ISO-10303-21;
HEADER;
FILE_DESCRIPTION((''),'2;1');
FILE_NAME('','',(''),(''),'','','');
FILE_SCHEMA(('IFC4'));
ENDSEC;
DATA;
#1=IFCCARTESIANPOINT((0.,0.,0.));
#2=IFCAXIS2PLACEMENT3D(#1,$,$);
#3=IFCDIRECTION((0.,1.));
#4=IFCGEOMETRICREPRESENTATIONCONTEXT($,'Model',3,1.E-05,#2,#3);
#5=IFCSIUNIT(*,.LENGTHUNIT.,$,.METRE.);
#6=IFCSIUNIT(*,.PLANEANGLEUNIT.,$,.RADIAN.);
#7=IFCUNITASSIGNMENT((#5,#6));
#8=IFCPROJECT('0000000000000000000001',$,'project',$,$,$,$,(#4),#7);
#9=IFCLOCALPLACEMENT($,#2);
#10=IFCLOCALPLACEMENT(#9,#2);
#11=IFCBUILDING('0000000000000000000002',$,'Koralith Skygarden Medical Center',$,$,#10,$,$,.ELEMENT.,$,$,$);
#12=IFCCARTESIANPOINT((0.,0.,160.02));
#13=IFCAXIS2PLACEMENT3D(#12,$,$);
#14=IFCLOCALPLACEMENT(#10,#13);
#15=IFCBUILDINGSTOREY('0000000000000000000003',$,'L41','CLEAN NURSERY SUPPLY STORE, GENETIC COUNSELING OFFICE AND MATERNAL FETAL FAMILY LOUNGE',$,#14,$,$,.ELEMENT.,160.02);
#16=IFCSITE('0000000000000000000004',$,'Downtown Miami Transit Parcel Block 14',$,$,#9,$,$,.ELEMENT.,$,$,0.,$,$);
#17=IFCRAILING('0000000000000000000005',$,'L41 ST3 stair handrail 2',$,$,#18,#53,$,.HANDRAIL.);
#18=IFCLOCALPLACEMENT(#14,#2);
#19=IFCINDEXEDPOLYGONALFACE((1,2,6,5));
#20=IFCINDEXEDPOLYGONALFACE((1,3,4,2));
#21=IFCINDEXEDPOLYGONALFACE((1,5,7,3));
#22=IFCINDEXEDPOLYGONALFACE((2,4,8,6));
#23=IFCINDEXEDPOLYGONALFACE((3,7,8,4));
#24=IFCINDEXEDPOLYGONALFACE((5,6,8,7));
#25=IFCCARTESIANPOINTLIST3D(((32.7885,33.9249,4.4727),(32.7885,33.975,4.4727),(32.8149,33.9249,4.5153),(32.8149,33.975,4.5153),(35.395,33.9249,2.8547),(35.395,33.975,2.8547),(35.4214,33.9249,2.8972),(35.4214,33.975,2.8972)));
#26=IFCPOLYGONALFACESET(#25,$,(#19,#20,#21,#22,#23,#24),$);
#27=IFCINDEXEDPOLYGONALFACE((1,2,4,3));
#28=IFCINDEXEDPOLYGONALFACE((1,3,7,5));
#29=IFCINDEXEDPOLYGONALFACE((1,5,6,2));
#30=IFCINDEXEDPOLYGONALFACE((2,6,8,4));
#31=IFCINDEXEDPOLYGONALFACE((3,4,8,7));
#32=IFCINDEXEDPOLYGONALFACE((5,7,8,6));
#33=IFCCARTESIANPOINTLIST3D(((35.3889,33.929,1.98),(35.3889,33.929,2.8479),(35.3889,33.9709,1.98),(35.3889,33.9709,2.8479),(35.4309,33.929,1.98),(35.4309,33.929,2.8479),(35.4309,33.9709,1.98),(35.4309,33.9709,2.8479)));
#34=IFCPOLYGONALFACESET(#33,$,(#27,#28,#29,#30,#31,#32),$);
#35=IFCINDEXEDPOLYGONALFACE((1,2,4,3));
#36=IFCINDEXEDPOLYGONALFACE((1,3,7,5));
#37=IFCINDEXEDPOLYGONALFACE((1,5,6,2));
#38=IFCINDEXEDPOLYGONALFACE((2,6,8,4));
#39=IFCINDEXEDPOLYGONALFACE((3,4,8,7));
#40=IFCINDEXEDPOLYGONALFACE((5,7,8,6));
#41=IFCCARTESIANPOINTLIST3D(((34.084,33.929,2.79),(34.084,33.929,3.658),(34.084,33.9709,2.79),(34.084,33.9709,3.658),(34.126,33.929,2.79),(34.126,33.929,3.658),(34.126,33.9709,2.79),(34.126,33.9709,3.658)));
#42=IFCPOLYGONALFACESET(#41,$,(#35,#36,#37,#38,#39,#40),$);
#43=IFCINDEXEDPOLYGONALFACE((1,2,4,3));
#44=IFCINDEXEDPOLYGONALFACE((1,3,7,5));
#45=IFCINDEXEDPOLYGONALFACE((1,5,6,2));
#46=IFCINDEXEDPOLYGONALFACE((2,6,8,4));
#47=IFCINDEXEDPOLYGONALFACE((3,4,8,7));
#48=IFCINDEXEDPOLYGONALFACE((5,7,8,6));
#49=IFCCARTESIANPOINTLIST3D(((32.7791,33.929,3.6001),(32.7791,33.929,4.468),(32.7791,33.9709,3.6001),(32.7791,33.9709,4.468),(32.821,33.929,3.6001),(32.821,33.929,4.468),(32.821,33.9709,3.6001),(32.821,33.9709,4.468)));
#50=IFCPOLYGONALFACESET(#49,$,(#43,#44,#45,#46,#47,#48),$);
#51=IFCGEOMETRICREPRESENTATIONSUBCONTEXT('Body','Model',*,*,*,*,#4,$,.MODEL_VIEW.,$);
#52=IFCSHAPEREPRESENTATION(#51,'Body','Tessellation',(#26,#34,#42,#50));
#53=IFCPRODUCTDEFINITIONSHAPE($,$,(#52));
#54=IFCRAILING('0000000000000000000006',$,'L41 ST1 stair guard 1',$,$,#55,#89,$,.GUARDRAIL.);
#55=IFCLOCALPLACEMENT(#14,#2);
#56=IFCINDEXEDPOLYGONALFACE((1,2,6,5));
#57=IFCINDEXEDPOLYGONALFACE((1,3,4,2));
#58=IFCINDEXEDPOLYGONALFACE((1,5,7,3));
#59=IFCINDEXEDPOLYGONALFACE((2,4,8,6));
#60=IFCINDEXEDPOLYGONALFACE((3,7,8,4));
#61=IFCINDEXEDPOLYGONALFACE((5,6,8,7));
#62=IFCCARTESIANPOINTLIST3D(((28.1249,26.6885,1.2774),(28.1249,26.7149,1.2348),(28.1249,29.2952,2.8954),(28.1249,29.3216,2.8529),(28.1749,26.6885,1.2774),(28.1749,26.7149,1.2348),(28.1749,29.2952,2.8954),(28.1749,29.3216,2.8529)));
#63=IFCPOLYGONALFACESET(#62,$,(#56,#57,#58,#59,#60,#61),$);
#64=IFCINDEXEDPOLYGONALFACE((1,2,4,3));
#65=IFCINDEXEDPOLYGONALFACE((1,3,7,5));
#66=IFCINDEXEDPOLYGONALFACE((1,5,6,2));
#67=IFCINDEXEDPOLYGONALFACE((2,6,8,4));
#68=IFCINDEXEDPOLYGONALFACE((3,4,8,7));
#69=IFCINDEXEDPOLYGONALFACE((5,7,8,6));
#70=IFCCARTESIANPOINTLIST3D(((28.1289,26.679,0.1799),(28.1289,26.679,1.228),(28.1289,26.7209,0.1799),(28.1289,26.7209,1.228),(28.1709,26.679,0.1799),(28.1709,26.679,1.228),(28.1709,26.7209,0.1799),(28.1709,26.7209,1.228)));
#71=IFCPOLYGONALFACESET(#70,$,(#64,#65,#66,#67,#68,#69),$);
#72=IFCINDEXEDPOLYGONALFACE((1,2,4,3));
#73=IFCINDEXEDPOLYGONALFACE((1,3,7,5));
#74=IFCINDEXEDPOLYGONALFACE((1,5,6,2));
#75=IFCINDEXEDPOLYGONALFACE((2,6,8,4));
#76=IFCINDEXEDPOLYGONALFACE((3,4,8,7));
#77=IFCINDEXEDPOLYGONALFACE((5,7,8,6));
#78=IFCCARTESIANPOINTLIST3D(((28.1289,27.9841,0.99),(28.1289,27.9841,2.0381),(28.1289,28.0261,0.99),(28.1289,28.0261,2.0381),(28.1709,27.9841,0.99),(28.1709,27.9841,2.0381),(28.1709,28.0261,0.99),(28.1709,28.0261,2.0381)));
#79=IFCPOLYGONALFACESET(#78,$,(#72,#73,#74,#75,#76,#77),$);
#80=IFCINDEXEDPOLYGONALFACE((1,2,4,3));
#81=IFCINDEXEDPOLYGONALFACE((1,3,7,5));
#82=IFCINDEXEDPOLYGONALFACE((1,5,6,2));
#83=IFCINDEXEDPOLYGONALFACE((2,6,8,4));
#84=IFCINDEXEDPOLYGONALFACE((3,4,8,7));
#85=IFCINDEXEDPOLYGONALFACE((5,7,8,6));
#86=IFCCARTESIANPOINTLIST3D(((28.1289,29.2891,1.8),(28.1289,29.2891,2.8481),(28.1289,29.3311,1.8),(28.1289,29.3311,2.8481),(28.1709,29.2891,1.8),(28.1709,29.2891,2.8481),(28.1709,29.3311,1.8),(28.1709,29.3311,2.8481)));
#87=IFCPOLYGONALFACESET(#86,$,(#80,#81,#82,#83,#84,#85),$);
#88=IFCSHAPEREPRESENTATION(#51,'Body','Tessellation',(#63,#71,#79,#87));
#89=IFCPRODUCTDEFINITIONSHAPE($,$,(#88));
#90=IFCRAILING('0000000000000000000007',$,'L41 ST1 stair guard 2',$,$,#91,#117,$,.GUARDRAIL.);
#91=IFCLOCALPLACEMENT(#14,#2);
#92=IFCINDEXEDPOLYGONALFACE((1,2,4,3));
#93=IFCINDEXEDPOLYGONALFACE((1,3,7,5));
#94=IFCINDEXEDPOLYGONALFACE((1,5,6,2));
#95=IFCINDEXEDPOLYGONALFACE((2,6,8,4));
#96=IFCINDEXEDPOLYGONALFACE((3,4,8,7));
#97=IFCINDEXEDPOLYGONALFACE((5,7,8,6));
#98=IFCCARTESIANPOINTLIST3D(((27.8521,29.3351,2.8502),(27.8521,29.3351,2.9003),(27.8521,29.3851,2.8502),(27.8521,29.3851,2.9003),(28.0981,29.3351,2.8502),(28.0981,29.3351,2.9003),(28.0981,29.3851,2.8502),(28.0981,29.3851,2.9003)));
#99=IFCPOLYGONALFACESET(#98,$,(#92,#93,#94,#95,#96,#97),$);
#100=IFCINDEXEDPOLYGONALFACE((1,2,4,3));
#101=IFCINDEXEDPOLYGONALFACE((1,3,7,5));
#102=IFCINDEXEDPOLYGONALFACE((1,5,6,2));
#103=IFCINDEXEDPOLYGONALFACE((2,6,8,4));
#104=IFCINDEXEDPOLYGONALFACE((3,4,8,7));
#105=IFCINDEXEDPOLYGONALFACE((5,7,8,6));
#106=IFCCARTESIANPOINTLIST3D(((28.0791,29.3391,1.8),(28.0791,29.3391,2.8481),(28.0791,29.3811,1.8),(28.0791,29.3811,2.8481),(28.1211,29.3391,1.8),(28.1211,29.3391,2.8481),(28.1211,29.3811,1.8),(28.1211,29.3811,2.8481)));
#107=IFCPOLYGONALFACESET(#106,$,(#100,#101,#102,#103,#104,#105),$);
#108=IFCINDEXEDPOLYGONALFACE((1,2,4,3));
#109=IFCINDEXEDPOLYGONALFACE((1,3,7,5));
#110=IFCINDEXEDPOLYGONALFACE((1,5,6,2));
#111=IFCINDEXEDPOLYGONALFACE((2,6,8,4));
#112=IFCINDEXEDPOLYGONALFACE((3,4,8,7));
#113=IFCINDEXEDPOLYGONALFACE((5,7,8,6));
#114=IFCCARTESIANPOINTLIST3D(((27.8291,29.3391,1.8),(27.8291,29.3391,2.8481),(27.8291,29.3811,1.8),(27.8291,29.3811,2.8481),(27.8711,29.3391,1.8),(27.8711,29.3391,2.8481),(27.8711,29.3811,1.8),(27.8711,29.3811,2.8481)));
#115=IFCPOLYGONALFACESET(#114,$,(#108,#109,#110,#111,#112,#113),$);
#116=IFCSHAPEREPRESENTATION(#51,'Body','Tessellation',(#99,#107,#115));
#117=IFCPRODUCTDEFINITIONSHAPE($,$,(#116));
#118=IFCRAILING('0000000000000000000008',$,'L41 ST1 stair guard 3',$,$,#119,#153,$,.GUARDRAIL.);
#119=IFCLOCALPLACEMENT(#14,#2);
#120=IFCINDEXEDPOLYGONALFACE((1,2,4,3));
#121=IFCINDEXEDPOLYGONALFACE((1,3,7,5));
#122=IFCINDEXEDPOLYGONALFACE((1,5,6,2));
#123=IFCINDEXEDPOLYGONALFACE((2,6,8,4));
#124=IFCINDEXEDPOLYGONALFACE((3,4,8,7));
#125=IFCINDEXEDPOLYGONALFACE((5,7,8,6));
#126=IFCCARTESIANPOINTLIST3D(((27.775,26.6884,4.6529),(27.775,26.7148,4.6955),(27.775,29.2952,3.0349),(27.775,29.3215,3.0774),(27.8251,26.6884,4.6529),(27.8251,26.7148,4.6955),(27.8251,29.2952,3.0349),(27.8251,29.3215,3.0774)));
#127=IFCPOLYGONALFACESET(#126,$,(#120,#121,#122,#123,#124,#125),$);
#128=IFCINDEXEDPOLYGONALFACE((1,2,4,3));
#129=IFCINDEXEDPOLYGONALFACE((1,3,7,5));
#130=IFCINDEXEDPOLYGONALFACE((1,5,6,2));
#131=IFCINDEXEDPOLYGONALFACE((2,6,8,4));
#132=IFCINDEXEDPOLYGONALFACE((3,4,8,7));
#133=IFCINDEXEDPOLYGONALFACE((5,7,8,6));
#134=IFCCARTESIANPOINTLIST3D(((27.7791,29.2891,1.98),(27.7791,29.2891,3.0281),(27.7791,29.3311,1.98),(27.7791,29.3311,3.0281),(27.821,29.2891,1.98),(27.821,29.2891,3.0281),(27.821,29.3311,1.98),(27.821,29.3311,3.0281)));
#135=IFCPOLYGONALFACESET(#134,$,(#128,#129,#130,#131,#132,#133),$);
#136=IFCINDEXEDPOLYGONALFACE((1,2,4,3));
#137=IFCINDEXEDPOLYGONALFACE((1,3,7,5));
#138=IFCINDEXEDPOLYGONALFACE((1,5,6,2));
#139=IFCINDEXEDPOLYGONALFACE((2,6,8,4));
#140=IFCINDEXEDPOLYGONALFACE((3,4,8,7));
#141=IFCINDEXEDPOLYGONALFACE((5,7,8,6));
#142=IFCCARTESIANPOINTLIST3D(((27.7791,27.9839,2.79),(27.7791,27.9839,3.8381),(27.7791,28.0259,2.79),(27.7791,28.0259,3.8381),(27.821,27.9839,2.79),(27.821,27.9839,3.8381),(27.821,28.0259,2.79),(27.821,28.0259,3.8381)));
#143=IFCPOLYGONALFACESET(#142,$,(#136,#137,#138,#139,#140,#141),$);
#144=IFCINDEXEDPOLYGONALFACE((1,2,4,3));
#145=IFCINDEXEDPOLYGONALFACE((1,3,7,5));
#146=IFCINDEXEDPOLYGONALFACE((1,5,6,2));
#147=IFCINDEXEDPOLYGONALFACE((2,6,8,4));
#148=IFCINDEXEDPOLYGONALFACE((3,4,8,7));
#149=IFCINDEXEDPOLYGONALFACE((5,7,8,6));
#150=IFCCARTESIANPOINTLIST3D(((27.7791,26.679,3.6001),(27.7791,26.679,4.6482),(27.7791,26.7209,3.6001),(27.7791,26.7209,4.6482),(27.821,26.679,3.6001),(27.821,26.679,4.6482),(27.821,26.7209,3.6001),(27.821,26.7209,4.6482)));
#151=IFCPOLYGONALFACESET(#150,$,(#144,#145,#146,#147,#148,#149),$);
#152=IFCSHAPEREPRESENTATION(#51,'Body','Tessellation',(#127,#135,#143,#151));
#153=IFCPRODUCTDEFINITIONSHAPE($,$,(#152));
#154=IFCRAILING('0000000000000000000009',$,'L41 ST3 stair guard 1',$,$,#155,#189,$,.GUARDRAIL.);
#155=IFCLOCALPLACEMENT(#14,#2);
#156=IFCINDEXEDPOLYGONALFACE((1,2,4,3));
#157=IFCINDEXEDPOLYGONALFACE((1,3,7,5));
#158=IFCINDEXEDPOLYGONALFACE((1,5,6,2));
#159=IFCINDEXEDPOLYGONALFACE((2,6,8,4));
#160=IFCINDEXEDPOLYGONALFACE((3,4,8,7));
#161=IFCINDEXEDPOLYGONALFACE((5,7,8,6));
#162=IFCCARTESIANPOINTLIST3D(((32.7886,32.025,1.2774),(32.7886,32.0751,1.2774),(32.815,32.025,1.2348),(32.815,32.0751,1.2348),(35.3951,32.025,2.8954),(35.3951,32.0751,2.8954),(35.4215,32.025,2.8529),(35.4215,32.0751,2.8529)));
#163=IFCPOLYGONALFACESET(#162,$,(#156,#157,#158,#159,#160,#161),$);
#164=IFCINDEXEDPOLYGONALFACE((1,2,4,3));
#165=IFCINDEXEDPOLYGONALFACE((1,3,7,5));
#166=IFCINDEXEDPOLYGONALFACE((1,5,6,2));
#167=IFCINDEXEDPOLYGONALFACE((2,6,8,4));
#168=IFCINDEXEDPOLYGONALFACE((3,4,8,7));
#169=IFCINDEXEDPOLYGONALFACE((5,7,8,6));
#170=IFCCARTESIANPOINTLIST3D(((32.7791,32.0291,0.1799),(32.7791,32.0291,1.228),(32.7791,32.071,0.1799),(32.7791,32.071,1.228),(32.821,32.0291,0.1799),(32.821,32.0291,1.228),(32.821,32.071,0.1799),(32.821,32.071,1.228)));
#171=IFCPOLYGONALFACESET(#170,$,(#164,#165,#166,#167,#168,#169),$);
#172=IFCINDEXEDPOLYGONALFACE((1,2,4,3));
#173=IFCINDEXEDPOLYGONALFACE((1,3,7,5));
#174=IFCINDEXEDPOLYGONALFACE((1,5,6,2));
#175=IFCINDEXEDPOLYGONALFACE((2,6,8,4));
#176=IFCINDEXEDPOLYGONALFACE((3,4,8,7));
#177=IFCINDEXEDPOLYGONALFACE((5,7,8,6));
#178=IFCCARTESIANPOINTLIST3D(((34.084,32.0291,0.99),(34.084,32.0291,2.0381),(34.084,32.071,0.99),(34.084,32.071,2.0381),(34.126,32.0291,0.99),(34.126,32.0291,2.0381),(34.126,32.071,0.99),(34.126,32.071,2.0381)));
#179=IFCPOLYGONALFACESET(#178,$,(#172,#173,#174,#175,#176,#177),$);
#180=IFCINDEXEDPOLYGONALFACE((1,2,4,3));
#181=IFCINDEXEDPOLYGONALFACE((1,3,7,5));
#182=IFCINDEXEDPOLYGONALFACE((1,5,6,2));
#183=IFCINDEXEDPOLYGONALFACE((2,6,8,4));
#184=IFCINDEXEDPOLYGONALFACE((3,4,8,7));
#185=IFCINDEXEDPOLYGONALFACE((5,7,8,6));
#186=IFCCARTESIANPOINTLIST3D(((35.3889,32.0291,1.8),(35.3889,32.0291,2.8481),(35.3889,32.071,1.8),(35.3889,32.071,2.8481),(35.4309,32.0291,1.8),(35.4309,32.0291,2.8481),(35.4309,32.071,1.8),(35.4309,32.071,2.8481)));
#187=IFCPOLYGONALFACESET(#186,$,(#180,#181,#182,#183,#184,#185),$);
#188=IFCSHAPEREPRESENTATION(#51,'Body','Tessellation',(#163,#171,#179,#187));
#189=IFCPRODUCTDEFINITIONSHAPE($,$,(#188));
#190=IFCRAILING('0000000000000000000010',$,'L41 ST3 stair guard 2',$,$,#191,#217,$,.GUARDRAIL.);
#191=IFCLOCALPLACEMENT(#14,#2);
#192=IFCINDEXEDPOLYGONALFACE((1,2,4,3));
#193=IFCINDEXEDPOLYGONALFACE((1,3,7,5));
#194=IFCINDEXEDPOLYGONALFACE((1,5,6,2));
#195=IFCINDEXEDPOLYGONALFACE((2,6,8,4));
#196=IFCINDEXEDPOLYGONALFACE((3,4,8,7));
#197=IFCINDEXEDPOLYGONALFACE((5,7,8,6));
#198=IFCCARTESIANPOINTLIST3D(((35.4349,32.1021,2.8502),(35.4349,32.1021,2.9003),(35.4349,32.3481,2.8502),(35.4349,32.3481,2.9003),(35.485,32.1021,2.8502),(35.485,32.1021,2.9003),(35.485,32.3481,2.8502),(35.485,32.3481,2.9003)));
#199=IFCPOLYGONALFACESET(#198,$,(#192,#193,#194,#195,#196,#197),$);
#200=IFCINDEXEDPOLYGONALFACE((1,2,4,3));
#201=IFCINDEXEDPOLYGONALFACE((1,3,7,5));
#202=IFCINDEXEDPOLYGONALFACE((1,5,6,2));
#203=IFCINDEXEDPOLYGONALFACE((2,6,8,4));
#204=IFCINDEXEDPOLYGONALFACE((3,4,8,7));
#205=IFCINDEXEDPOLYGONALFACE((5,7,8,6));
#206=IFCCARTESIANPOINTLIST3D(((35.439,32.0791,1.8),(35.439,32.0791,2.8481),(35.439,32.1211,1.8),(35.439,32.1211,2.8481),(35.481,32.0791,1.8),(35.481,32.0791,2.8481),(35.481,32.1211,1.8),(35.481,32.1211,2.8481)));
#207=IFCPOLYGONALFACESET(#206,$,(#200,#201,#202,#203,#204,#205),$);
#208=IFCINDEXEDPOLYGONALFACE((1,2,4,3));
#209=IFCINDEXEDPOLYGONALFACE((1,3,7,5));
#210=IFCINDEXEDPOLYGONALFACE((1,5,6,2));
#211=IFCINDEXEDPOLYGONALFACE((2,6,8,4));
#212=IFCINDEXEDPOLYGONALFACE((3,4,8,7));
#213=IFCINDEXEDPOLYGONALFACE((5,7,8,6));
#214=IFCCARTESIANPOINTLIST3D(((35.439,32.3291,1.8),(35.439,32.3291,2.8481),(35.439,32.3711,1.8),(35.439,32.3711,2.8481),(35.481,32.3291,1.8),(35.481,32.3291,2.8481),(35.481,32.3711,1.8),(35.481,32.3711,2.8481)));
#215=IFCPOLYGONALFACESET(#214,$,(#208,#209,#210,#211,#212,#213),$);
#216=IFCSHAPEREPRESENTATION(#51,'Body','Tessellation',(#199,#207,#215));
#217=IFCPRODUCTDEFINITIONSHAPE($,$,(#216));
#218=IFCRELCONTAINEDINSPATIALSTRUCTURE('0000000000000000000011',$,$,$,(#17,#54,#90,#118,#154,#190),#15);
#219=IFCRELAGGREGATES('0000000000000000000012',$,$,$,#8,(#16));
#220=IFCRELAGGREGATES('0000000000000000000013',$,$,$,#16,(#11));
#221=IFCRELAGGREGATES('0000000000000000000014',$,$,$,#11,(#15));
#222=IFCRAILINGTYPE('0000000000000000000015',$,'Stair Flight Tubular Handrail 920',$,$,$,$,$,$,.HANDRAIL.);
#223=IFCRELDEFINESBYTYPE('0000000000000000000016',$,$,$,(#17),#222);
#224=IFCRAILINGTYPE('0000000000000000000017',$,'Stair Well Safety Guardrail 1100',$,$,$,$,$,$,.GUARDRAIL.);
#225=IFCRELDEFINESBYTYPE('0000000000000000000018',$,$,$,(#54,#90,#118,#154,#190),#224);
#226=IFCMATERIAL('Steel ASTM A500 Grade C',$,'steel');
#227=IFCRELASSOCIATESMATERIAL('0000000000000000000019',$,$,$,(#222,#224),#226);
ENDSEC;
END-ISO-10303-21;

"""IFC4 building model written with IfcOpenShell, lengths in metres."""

from ifc_helpers import new_model, si_unit, direction, frame, origin, origin_2d, place, context, subcontext, project, spatial, rectangle, extrude, material, type_object, element, save


model = new_model("IFC4")

# Units and contexts
model_context = context("Model", 3, precision=1e-05, world=origin(), true_north=direction((0.0, 1.0)))
body_context = subcontext(model_context, "Body", "Model", "MODEL_VIEW")
ifc_project = project(units=[si_unit("LENGTHUNIT", "METRE"), si_unit("PLANEANGLEUNIT", "RADIAN")], contexts=[model_context])

# Site, building, storey
site_placement = place(None, origin())
site = spatial("IfcSite", under=ifc_project, at=site_placement, Name="Downtown Miami Transit Parcel Block 14", CompositionType="ELEMENT", RefElevation=0.0)
building_placement = place(site_placement, origin())
building = spatial("IfcBuilding", under=site, at=building_placement, Name="Koralith Skygarden Medical Center", CompositionType="ELEMENT")
storey_placement = place(building_placement, frame((0.0, 0.0, 160.02)))
storey = spatial("IfcBuildingStorey", under=building, at=storey_placement, Name="L41", Description="CLEAN NURSERY SUPPLY STORE, GENETIC COUNSELING OFFICE AND MATERNAL FETAL FAMILY LOUNGE", CompositionType="ELEMENT", Elevation=160.02)

# Shared definitions
ifc_material_1 = material(Name="Steel ASTM A500 Grade C", Category="steel")

# Railings
railing_type_1 = type_object("IfcRailingType", Name="Stair Flight Tubular Handrail 920", PredefinedType="HANDRAIL", material=ifc_material_1)
railing_1_placement = place(storey_placement, frame((35.4099, 33.95, 1.98)))
element("IfcRailing", 1, at=railing_1_placement, inside=storey, type_object=railing_type_1, Name="L41 ST3 stair handrail 2", PredefinedType="HANDRAIL", context=body_context, shape_type="SweptSolid", body=[
    extrude(rectangle(XDim=0.05, YDim=0.05, at=origin_2d()), frame((-0.0017, 0.0, 0.896), z_axis=(-0.849611, 0.0, 0.52741), x_axis=(0.0, -1.0, 0.0)), (0.0, 0.0, 1.0), 3.0679),
    extrude(rectangle(XDim=0.042, YDim=0.042, at=origin_2d()), origin(), (0.0, 0.0, 1.0), 0.8679),
    extrude(rectangle(XDim=0.042, YDim=0.042, at=origin_2d()), frame((-1.3049, 0.0, 0.8101)), (0.0, 0.0, 1.0), 0.8679),
    extrude(rectangle(XDim=0.042, YDim=0.042, at=origin_2d()), frame((-2.6099, 0.0, 1.6201)), (0.0, 0.0, 1.0), 0.8679),
])
railing_type_2 = type_object("IfcRailingType", Name="Stair Well Safety Guardrail 1100", PredefinedType="GUARDRAIL", material=ifc_material_1)
railing_2_placement = place(storey_placement, frame((28.1499, 26.7, 0.1799)))
element("IfcRailing", 2, at=railing_2_placement, inside=storey, type_object=railing_type_2, Name="L41 ST1 stair guard 1", PredefinedType="GUARDRAIL", context=body_context, shape_type="SweptSolid", body=[
    extrude(rectangle(XDim=0.05, YDim=0.05, at=origin_2d()), frame((0.0, 0.0017, 1.0762), z_axis=(0.0, 0.849633, 0.527375), x_axis=(-1.0, 0.0, 0.0)), (0.0, 0.0, 1.0), 3.0681),
    extrude(rectangle(XDim=0.042, YDim=0.042, at=origin_2d()), origin(), (0.0, 0.0, 1.0), 1.0481),
    extrude(rectangle(XDim=0.042, YDim=0.042, at=origin_2d()), frame((0.0, 1.3052, 0.8101)), (0.0, 0.0, 1.0), 1.0481),
    extrude(rectangle(XDim=0.042, YDim=0.042, at=origin_2d()), frame((0.0, 2.6101, 1.6201)), (0.0, 0.0, 1.0), 1.0481),
])
railing_3_placement = place(storey_placement, frame((28.1001, 29.3601, 1.8)))
element("IfcRailing", 3, at=railing_3_placement, inside=storey, type_object=railing_type_2, Name="L41 ST1 stair guard 2", PredefinedType="GUARDRAIL", context=body_context, shape_type="SweptSolid", body=[
    extrude(rectangle(XDim=0.05, YDim=0.05, at=origin_2d()), frame((-0.002, 0.0, 1.0752), z_axis=(-1.0, 0.0, 0.0), x_axis=(0.0, -1.0, 0.0)), (0.0, 0.0, 1.0), 0.2461),
    extrude(rectangle(XDim=0.042, YDim=0.042, at=origin_2d()), origin(), (0.0, 0.0, 1.0), 1.0481),
    extrude(rectangle(XDim=0.042, YDim=0.042, at=origin_2d()), frame((-0.25, 0.0, 0.0)), (0.0, 0.0, 1.0), 1.0481),
])
railing_4_placement = place(storey_placement, frame((27.8, 29.3101, 1.98)))
element("IfcRailing", 4, at=railing_4_placement, inside=storey, type_object=railing_type_2, Name="L41 ST1 stair guard 3", PredefinedType="GUARDRAIL", context=body_context, shape_type="SweptSolid", body=[
    extrude(rectangle(XDim=0.05, YDim=0.05, at=origin_2d()), frame((0.0, -0.0017, 1.0762), z_axis=(0.0, -0.849633, 0.527375), x_axis=(1.0, 0.0, 0.0)), (0.0, 0.0, 1.0), 3.0681),
    extrude(rectangle(XDim=0.042, YDim=0.042, at=origin_2d()), origin(), (0.0, 0.0, 1.0), 1.0481),
    extrude(rectangle(XDim=0.042, YDim=0.042, at=origin_2d()), frame((0.0, -1.3052, 0.8101)), (0.0, 0.0, 1.0), 1.0481),
    extrude(rectangle(XDim=0.042, YDim=0.042, at=origin_2d()), frame((0.0, -2.6101, 1.6201)), (0.0, 0.0, 1.0), 1.0481),
])
railing_5_placement = place(storey_placement, frame((32.8, 32.05, 0.1799)))
element("IfcRailing", 5, at=railing_5_placement, inside=storey, type_object=railing_type_2, Name="L41 ST3 stair guard 1", PredefinedType="GUARDRAIL", context=body_context, shape_type="SweptSolid", body=[
    extrude(rectangle(XDim=0.05, YDim=0.05, at=origin_2d()), frame((0.0017, 0.0, 1.0762), z_axis=(0.849611, 0.0, 0.52741), x_axis=(0.0, 1.0, 0.0)), (0.0, 0.0, 1.0), 3.0679),
    extrude(rectangle(XDim=0.042, YDim=0.042, at=origin_2d()), origin(), (0.0, 0.0, 1.0), 1.0481),
    extrude(rectangle(XDim=0.042, YDim=0.042, at=origin_2d()), frame((1.3049, 0.0, 0.8101)), (0.0, 0.0, 1.0), 1.0481),
    extrude(rectangle(XDim=0.042, YDim=0.042, at=origin_2d()), frame((2.6099, 0.0, 1.6201)), (0.0, 0.0, 1.0), 1.0481),
])
railing_6_placement = place(storey_placement, frame((35.46, 32.1001, 1.8)))
element("IfcRailing", 6, at=railing_6_placement, inside=storey, type_object=railing_type_2, Name="L41 ST3 stair guard 2", PredefinedType="GUARDRAIL", context=body_context, shape_type="SweptSolid", body=[
    extrude(rectangle(XDim=0.05, YDim=0.05, at=origin_2d()), frame((0.0, 0.002, 1.0752), z_axis=(0.0, 1.0, 0.0), x_axis=(-1.0, 0.0, 0.0)), (0.0, 0.0, 1.0), 0.2461),
    extrude(rectangle(XDim=0.042, YDim=0.042, at=origin_2d()), origin(), (0.0, 0.0, 1.0), 1.0481),
    extrude(rectangle(XDim=0.042, YDim=0.042, at=origin_2d()), frame((0.0, 0.25, 0.0)), (0.0, 0.0, 1.0), 1.0481),
])

save(model, "model.ifc")
